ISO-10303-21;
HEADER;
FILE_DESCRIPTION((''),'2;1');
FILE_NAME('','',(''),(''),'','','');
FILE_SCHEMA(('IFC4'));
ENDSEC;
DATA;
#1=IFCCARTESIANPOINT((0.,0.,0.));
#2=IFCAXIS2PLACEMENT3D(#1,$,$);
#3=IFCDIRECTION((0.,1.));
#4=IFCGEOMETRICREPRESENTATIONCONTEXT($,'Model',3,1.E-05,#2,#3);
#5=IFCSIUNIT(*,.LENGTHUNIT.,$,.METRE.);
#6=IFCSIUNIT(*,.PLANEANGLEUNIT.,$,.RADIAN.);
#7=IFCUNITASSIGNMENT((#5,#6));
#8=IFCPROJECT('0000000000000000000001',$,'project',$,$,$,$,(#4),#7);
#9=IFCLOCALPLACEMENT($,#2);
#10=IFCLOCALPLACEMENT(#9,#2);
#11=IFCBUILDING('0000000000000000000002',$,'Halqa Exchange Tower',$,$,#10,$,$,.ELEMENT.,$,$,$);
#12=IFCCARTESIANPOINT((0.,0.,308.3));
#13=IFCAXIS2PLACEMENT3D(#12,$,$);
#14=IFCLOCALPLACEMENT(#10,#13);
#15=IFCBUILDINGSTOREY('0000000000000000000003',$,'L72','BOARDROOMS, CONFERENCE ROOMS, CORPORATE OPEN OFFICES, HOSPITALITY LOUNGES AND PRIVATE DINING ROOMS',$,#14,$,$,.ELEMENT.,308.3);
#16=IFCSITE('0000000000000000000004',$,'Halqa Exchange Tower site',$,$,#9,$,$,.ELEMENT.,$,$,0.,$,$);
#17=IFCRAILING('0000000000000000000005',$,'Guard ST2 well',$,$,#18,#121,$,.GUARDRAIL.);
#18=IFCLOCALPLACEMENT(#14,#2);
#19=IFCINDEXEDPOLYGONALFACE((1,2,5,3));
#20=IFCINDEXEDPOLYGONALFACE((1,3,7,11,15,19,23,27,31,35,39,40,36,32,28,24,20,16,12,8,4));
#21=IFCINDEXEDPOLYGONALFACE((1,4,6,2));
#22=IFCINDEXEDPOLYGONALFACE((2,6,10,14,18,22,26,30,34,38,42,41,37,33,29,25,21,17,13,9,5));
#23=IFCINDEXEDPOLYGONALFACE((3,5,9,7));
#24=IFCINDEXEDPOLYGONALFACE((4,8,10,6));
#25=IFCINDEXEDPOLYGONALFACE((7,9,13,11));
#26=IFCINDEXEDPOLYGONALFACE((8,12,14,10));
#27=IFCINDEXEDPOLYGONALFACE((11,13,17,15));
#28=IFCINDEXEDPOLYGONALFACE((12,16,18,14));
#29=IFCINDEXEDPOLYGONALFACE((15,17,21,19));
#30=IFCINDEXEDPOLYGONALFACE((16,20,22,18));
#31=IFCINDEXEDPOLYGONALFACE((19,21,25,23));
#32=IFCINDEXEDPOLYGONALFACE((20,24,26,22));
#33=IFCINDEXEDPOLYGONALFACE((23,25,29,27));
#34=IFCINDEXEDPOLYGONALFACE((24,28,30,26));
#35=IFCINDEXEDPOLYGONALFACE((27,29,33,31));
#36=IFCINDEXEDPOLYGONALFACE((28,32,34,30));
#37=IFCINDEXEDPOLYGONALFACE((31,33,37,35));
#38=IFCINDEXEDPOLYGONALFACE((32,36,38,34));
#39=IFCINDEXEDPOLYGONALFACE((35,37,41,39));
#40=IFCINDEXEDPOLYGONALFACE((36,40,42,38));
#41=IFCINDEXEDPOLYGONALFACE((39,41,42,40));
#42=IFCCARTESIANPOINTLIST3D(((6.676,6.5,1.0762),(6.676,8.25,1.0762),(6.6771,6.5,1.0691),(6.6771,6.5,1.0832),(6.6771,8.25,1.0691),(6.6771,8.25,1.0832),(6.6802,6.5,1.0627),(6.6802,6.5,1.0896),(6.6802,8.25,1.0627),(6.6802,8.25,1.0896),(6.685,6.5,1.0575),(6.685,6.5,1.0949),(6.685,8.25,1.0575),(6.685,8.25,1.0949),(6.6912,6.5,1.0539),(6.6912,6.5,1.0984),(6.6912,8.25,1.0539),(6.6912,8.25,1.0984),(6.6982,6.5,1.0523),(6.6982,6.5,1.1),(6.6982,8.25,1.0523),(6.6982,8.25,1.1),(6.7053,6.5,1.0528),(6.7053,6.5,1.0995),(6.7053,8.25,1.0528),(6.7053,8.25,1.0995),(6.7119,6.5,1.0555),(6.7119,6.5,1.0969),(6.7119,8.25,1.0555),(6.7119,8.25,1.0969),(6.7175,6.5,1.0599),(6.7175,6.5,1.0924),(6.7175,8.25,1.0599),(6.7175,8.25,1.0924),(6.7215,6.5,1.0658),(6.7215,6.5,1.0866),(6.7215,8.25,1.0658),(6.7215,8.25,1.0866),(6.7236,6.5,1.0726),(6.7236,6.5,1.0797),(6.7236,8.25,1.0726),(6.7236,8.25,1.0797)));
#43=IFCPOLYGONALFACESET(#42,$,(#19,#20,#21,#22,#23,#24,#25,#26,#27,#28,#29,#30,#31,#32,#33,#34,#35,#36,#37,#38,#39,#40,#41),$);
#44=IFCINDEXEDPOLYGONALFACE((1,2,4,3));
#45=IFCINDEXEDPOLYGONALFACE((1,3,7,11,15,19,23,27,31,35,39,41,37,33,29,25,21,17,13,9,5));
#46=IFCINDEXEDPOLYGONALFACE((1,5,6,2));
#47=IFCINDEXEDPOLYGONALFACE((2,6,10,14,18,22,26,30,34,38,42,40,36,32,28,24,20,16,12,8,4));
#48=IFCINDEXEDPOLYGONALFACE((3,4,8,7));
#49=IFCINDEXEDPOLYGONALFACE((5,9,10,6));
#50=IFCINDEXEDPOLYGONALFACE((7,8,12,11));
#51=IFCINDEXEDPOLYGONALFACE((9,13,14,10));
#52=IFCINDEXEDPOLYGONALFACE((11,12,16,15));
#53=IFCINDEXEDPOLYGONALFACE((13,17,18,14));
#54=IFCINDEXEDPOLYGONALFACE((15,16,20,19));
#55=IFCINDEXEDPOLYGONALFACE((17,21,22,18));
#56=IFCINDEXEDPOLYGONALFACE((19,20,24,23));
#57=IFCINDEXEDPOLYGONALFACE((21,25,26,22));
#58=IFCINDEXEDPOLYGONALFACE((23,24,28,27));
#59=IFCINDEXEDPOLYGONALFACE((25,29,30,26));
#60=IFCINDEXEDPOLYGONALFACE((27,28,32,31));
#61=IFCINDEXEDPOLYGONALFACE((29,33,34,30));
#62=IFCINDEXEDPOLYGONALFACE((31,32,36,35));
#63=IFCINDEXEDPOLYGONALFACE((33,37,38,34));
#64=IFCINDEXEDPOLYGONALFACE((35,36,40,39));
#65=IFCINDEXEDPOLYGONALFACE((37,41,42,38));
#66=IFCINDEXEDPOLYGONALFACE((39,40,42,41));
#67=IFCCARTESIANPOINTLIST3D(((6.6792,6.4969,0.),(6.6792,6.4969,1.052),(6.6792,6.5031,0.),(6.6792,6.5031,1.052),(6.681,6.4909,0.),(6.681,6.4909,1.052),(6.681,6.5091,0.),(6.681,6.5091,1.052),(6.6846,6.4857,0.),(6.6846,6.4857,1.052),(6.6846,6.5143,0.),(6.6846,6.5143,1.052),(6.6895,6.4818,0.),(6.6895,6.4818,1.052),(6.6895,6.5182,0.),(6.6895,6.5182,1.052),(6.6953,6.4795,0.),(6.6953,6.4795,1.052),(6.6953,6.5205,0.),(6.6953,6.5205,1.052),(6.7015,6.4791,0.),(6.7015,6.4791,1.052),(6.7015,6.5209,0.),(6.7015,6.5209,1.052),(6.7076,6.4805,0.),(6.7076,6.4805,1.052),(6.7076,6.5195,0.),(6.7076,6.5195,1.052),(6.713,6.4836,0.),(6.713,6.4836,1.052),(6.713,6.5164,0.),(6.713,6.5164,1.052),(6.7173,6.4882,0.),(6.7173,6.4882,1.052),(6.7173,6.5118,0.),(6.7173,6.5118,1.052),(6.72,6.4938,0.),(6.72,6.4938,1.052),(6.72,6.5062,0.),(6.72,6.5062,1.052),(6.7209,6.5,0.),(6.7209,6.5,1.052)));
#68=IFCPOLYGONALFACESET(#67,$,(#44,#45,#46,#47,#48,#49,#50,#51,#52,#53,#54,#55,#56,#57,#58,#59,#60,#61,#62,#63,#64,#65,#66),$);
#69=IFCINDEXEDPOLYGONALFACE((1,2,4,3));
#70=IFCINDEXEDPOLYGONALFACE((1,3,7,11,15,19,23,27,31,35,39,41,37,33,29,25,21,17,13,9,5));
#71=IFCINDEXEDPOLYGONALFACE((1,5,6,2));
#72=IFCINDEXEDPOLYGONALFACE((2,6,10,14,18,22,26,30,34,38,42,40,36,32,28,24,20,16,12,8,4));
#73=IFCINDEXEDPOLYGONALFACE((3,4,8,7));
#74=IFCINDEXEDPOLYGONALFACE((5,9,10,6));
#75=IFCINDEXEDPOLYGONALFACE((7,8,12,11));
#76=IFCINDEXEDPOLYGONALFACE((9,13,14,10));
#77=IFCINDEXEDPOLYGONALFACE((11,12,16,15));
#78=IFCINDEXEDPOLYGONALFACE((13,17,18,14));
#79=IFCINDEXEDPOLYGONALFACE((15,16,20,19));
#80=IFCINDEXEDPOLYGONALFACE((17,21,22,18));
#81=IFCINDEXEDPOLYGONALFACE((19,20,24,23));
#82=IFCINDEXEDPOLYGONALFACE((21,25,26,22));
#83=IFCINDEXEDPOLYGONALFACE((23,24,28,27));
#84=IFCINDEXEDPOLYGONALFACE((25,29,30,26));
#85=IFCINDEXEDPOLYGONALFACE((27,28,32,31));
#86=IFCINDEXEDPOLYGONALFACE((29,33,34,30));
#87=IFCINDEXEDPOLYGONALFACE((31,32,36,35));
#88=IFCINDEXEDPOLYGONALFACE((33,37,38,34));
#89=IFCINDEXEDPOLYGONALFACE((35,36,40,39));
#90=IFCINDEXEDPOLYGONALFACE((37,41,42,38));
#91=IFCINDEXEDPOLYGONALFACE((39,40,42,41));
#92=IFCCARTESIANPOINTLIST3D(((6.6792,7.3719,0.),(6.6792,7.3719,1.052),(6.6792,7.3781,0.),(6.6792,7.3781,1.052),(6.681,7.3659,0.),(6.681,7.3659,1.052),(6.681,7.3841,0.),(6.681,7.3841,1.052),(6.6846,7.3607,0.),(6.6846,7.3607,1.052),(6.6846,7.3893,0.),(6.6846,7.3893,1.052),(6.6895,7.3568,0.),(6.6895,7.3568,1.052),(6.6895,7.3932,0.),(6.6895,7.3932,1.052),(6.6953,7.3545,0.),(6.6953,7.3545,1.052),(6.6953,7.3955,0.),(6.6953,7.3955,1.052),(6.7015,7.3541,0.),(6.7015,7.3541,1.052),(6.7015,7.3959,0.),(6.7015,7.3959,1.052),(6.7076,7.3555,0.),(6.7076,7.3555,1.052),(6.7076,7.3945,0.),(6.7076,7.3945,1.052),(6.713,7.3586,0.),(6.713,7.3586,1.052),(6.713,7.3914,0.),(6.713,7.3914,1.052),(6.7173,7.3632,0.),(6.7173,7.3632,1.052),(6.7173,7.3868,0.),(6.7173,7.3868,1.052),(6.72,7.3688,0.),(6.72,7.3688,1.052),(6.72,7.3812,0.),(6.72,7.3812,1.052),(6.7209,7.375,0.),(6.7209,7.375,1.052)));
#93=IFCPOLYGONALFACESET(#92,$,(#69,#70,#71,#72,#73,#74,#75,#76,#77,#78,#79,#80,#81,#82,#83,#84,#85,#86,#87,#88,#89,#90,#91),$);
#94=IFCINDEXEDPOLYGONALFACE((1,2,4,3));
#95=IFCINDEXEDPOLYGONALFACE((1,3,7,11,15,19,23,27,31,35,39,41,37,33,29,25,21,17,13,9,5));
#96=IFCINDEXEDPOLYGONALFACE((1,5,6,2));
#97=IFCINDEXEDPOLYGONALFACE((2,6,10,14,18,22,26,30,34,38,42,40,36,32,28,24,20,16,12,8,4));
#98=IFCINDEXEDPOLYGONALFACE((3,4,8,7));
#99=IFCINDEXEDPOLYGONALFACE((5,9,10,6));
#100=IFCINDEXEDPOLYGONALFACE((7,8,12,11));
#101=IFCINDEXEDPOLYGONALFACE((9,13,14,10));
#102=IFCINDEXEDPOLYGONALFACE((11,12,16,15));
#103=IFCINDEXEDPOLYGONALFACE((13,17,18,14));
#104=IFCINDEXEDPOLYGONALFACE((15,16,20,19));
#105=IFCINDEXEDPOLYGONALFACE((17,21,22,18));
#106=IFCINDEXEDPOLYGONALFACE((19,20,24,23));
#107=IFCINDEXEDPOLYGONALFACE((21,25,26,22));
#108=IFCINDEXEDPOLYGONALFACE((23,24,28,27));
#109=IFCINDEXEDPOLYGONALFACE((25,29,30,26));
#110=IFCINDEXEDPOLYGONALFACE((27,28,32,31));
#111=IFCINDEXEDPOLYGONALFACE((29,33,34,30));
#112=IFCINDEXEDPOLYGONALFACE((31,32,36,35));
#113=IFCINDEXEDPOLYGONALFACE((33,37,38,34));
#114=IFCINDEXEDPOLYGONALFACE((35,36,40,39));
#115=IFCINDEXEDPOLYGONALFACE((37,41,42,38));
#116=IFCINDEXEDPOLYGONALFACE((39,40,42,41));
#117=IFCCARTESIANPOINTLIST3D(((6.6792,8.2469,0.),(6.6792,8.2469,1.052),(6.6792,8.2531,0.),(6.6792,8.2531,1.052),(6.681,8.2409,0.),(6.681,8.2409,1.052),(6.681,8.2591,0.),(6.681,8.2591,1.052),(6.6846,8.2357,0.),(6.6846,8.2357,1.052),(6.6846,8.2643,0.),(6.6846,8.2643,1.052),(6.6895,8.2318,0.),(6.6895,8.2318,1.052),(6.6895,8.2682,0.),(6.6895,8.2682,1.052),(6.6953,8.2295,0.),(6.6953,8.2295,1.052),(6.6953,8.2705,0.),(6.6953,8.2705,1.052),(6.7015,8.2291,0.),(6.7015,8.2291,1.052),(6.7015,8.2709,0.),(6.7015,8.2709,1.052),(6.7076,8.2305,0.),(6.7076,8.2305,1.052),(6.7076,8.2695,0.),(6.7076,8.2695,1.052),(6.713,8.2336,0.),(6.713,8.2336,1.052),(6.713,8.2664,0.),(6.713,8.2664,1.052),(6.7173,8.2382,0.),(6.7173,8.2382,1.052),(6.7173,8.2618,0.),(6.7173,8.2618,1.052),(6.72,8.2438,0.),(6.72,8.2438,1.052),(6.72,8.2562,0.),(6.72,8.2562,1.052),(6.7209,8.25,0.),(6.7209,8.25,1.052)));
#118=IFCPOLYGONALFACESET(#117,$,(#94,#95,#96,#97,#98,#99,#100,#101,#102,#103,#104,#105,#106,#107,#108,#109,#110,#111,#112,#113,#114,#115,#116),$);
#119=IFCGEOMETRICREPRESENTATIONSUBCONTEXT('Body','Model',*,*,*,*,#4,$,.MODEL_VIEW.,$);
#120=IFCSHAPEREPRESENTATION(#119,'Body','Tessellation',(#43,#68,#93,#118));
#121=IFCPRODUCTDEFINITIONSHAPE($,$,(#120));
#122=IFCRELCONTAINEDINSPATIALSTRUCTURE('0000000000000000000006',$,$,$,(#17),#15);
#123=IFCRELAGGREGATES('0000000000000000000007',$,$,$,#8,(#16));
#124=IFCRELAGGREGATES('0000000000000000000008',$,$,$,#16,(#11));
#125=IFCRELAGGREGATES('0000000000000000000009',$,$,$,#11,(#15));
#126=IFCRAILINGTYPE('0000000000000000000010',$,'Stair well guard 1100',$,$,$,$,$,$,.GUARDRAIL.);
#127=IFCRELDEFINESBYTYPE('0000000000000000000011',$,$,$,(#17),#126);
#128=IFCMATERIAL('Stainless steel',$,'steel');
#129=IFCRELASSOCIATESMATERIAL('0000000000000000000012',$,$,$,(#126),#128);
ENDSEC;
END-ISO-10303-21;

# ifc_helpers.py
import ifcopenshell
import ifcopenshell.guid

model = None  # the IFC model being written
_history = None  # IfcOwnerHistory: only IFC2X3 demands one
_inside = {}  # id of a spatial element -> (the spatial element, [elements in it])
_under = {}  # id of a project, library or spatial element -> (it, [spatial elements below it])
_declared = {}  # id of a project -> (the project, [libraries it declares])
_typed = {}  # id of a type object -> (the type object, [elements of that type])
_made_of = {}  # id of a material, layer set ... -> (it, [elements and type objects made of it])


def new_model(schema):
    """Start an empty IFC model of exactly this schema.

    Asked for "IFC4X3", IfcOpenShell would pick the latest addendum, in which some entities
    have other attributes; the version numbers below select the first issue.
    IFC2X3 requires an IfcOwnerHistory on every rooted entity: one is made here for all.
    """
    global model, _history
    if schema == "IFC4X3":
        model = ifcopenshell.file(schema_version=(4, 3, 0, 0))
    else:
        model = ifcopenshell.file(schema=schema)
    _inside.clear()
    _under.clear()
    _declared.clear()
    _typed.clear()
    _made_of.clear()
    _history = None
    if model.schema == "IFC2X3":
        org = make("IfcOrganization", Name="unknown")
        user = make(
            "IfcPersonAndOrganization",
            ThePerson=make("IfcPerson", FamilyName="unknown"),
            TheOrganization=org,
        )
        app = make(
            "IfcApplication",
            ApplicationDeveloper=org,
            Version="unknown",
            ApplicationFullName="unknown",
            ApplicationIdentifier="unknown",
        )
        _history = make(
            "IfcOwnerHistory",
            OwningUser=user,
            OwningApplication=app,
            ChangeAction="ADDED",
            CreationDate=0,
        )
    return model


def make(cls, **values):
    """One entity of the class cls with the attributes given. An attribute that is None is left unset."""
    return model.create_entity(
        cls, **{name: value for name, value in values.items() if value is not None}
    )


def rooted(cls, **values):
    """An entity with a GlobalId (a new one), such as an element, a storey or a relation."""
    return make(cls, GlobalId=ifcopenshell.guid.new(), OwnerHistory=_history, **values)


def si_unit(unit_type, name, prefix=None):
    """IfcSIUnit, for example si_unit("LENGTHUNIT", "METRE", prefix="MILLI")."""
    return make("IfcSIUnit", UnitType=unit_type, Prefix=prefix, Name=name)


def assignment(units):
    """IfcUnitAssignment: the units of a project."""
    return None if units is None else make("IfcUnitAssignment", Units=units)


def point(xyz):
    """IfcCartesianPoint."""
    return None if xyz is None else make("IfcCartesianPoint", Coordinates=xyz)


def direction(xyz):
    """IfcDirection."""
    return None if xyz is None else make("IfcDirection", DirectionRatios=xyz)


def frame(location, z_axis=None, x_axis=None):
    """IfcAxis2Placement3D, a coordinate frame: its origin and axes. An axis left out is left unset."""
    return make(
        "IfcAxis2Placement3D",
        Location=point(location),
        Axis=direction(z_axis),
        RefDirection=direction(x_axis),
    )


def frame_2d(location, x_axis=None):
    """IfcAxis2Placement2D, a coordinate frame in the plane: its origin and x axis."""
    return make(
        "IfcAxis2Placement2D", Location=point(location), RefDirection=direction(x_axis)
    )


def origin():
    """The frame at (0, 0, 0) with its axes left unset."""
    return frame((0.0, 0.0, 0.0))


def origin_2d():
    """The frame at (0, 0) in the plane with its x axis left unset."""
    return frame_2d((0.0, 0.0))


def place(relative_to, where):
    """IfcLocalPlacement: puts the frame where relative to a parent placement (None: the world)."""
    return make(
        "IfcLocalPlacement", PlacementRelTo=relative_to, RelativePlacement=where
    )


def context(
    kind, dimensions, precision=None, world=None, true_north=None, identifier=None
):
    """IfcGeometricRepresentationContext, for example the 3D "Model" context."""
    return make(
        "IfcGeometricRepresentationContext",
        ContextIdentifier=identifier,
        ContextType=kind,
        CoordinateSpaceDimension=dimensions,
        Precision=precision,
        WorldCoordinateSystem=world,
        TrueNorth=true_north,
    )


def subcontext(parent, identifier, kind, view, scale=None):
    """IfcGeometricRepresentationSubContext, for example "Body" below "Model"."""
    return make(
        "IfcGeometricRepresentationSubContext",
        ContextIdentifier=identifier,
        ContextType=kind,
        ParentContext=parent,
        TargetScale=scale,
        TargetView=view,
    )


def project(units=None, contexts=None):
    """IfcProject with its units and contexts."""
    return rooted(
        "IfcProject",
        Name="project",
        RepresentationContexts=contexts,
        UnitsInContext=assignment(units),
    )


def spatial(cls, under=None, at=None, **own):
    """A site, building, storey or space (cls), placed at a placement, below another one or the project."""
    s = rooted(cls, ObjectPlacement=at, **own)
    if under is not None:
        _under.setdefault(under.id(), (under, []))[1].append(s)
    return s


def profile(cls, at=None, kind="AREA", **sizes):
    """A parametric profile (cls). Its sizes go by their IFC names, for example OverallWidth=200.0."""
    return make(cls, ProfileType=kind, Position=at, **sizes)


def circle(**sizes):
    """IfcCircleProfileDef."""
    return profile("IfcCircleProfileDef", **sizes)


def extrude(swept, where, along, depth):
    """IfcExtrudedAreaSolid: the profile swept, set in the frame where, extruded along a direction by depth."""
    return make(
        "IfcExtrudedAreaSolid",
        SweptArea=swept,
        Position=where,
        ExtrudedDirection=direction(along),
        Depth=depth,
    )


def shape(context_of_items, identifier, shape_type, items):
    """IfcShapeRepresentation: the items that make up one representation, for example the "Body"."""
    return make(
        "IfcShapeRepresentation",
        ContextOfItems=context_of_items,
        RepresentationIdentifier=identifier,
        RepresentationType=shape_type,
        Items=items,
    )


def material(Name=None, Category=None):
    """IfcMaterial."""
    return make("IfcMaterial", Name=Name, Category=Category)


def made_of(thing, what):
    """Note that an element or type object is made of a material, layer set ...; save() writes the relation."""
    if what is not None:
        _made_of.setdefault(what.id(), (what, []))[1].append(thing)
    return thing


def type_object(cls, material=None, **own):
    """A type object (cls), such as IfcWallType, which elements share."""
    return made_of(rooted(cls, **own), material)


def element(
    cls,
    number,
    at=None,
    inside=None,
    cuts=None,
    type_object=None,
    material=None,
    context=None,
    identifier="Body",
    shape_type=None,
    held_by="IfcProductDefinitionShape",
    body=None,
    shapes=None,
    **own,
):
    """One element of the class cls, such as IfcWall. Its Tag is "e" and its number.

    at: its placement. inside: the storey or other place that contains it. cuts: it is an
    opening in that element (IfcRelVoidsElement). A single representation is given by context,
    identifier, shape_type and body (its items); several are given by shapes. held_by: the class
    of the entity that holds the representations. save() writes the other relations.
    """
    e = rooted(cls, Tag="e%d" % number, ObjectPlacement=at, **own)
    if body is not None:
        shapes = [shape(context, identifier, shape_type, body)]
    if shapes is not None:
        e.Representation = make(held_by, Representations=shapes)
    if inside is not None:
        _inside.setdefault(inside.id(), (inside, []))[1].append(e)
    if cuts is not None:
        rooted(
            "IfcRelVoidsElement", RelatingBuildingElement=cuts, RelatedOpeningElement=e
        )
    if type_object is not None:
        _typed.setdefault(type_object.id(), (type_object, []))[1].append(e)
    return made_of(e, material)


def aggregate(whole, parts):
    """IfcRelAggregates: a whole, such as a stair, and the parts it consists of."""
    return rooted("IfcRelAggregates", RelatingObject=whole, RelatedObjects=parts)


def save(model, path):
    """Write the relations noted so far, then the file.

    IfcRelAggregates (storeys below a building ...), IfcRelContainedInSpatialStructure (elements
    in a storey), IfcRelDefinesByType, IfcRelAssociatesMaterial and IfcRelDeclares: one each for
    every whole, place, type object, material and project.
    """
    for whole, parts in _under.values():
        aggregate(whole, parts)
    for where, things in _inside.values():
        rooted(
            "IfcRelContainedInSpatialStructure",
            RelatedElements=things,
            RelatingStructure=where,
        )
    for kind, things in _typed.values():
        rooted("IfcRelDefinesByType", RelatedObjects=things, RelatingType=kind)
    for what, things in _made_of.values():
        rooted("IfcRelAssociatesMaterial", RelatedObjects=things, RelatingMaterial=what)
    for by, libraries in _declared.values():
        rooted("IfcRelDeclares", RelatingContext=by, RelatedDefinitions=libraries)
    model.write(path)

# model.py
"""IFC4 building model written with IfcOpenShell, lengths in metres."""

from ifc_helpers import new_model, si_unit, direction, frame, origin, origin_2d, place, context, subcontext, project, spatial, circle, extrude, material, type_object, element, save


model = new_model("IFC4")

# Units and contexts
model_context = context("Model", 3, precision=1e-05, world=origin(), true_north=direction((0.0, 1.0)))
body_context = subcontext(model_context, "Body", "Model", "MODEL_VIEW")
ifc_project = project(units=[si_unit("LENGTHUNIT", "METRE"), si_unit("PLANEANGLEUNIT", "RADIAN")], contexts=[model_context])

# Site, building, storey
site_placement = place(None, origin())
site = spatial("IfcSite", under=ifc_project, at=site_placement, Name="Halqa Exchange Tower site", CompositionType="ELEMENT", RefElevation=0.0)
building_placement = place(site_placement, origin())
building = spatial("IfcBuilding", under=site, at=building_placement, Name="Halqa Exchange Tower", CompositionType="ELEMENT")
storey_placement = place(building_placement, frame((0.0, 0.0, 308.3)))
storey = spatial("IfcBuildingStorey", under=building, at=storey_placement, Name="L72", Description="BOARDROOMS, CONFERENCE ROOMS, CORPORATE OPEN OFFICES, HOSPITALITY LOUNGES AND PRIVATE DINING ROOMS", CompositionType="ELEMENT", Elevation=308.3)

# Railing
ifc_material_1 = material(Name="Stainless steel", Category="steel")
railing_type_1 = type_object("IfcRailingType", Name="Stair well guard 1100", PredefinedType="GUARDRAIL", material=ifc_material_1)
railing_1_placement = place(storey_placement, frame((6.7, 6.5, 0.0)))
element("IfcRailing", 1, at=railing_1_placement, inside=storey, type_object=railing_type_1, Name="Guard ST2 well", PredefinedType="GUARDRAIL", context=body_context, shape_type="SweptSolid", body=[
    extrude(circle(Radius=0.0239, at=origin_2d()), frame((0.0, 0.0, 1.0762), z_axis=(0.0, 1.0, 0.0), x_axis=(-1.0, 0.0, 0.0)), (0.0, 0.0, 1.0), 1.75),
    extrude(circle(Radius=0.021, at=origin_2d()), origin(), (0.0, 0.0, 1.0), 1.052),
    extrude(circle(Radius=0.021, at=origin_2d()), frame((0.0, 0.875, 0.0)), (0.0, 0.0, 1.0), 1.052),
    extrude(circle(Radius=0.021, at=origin_2d()), frame((0.0, 1.75, 0.0)), (0.0, 0.0, 1.0), 1.052),
])

save(model, "model.ifc")
